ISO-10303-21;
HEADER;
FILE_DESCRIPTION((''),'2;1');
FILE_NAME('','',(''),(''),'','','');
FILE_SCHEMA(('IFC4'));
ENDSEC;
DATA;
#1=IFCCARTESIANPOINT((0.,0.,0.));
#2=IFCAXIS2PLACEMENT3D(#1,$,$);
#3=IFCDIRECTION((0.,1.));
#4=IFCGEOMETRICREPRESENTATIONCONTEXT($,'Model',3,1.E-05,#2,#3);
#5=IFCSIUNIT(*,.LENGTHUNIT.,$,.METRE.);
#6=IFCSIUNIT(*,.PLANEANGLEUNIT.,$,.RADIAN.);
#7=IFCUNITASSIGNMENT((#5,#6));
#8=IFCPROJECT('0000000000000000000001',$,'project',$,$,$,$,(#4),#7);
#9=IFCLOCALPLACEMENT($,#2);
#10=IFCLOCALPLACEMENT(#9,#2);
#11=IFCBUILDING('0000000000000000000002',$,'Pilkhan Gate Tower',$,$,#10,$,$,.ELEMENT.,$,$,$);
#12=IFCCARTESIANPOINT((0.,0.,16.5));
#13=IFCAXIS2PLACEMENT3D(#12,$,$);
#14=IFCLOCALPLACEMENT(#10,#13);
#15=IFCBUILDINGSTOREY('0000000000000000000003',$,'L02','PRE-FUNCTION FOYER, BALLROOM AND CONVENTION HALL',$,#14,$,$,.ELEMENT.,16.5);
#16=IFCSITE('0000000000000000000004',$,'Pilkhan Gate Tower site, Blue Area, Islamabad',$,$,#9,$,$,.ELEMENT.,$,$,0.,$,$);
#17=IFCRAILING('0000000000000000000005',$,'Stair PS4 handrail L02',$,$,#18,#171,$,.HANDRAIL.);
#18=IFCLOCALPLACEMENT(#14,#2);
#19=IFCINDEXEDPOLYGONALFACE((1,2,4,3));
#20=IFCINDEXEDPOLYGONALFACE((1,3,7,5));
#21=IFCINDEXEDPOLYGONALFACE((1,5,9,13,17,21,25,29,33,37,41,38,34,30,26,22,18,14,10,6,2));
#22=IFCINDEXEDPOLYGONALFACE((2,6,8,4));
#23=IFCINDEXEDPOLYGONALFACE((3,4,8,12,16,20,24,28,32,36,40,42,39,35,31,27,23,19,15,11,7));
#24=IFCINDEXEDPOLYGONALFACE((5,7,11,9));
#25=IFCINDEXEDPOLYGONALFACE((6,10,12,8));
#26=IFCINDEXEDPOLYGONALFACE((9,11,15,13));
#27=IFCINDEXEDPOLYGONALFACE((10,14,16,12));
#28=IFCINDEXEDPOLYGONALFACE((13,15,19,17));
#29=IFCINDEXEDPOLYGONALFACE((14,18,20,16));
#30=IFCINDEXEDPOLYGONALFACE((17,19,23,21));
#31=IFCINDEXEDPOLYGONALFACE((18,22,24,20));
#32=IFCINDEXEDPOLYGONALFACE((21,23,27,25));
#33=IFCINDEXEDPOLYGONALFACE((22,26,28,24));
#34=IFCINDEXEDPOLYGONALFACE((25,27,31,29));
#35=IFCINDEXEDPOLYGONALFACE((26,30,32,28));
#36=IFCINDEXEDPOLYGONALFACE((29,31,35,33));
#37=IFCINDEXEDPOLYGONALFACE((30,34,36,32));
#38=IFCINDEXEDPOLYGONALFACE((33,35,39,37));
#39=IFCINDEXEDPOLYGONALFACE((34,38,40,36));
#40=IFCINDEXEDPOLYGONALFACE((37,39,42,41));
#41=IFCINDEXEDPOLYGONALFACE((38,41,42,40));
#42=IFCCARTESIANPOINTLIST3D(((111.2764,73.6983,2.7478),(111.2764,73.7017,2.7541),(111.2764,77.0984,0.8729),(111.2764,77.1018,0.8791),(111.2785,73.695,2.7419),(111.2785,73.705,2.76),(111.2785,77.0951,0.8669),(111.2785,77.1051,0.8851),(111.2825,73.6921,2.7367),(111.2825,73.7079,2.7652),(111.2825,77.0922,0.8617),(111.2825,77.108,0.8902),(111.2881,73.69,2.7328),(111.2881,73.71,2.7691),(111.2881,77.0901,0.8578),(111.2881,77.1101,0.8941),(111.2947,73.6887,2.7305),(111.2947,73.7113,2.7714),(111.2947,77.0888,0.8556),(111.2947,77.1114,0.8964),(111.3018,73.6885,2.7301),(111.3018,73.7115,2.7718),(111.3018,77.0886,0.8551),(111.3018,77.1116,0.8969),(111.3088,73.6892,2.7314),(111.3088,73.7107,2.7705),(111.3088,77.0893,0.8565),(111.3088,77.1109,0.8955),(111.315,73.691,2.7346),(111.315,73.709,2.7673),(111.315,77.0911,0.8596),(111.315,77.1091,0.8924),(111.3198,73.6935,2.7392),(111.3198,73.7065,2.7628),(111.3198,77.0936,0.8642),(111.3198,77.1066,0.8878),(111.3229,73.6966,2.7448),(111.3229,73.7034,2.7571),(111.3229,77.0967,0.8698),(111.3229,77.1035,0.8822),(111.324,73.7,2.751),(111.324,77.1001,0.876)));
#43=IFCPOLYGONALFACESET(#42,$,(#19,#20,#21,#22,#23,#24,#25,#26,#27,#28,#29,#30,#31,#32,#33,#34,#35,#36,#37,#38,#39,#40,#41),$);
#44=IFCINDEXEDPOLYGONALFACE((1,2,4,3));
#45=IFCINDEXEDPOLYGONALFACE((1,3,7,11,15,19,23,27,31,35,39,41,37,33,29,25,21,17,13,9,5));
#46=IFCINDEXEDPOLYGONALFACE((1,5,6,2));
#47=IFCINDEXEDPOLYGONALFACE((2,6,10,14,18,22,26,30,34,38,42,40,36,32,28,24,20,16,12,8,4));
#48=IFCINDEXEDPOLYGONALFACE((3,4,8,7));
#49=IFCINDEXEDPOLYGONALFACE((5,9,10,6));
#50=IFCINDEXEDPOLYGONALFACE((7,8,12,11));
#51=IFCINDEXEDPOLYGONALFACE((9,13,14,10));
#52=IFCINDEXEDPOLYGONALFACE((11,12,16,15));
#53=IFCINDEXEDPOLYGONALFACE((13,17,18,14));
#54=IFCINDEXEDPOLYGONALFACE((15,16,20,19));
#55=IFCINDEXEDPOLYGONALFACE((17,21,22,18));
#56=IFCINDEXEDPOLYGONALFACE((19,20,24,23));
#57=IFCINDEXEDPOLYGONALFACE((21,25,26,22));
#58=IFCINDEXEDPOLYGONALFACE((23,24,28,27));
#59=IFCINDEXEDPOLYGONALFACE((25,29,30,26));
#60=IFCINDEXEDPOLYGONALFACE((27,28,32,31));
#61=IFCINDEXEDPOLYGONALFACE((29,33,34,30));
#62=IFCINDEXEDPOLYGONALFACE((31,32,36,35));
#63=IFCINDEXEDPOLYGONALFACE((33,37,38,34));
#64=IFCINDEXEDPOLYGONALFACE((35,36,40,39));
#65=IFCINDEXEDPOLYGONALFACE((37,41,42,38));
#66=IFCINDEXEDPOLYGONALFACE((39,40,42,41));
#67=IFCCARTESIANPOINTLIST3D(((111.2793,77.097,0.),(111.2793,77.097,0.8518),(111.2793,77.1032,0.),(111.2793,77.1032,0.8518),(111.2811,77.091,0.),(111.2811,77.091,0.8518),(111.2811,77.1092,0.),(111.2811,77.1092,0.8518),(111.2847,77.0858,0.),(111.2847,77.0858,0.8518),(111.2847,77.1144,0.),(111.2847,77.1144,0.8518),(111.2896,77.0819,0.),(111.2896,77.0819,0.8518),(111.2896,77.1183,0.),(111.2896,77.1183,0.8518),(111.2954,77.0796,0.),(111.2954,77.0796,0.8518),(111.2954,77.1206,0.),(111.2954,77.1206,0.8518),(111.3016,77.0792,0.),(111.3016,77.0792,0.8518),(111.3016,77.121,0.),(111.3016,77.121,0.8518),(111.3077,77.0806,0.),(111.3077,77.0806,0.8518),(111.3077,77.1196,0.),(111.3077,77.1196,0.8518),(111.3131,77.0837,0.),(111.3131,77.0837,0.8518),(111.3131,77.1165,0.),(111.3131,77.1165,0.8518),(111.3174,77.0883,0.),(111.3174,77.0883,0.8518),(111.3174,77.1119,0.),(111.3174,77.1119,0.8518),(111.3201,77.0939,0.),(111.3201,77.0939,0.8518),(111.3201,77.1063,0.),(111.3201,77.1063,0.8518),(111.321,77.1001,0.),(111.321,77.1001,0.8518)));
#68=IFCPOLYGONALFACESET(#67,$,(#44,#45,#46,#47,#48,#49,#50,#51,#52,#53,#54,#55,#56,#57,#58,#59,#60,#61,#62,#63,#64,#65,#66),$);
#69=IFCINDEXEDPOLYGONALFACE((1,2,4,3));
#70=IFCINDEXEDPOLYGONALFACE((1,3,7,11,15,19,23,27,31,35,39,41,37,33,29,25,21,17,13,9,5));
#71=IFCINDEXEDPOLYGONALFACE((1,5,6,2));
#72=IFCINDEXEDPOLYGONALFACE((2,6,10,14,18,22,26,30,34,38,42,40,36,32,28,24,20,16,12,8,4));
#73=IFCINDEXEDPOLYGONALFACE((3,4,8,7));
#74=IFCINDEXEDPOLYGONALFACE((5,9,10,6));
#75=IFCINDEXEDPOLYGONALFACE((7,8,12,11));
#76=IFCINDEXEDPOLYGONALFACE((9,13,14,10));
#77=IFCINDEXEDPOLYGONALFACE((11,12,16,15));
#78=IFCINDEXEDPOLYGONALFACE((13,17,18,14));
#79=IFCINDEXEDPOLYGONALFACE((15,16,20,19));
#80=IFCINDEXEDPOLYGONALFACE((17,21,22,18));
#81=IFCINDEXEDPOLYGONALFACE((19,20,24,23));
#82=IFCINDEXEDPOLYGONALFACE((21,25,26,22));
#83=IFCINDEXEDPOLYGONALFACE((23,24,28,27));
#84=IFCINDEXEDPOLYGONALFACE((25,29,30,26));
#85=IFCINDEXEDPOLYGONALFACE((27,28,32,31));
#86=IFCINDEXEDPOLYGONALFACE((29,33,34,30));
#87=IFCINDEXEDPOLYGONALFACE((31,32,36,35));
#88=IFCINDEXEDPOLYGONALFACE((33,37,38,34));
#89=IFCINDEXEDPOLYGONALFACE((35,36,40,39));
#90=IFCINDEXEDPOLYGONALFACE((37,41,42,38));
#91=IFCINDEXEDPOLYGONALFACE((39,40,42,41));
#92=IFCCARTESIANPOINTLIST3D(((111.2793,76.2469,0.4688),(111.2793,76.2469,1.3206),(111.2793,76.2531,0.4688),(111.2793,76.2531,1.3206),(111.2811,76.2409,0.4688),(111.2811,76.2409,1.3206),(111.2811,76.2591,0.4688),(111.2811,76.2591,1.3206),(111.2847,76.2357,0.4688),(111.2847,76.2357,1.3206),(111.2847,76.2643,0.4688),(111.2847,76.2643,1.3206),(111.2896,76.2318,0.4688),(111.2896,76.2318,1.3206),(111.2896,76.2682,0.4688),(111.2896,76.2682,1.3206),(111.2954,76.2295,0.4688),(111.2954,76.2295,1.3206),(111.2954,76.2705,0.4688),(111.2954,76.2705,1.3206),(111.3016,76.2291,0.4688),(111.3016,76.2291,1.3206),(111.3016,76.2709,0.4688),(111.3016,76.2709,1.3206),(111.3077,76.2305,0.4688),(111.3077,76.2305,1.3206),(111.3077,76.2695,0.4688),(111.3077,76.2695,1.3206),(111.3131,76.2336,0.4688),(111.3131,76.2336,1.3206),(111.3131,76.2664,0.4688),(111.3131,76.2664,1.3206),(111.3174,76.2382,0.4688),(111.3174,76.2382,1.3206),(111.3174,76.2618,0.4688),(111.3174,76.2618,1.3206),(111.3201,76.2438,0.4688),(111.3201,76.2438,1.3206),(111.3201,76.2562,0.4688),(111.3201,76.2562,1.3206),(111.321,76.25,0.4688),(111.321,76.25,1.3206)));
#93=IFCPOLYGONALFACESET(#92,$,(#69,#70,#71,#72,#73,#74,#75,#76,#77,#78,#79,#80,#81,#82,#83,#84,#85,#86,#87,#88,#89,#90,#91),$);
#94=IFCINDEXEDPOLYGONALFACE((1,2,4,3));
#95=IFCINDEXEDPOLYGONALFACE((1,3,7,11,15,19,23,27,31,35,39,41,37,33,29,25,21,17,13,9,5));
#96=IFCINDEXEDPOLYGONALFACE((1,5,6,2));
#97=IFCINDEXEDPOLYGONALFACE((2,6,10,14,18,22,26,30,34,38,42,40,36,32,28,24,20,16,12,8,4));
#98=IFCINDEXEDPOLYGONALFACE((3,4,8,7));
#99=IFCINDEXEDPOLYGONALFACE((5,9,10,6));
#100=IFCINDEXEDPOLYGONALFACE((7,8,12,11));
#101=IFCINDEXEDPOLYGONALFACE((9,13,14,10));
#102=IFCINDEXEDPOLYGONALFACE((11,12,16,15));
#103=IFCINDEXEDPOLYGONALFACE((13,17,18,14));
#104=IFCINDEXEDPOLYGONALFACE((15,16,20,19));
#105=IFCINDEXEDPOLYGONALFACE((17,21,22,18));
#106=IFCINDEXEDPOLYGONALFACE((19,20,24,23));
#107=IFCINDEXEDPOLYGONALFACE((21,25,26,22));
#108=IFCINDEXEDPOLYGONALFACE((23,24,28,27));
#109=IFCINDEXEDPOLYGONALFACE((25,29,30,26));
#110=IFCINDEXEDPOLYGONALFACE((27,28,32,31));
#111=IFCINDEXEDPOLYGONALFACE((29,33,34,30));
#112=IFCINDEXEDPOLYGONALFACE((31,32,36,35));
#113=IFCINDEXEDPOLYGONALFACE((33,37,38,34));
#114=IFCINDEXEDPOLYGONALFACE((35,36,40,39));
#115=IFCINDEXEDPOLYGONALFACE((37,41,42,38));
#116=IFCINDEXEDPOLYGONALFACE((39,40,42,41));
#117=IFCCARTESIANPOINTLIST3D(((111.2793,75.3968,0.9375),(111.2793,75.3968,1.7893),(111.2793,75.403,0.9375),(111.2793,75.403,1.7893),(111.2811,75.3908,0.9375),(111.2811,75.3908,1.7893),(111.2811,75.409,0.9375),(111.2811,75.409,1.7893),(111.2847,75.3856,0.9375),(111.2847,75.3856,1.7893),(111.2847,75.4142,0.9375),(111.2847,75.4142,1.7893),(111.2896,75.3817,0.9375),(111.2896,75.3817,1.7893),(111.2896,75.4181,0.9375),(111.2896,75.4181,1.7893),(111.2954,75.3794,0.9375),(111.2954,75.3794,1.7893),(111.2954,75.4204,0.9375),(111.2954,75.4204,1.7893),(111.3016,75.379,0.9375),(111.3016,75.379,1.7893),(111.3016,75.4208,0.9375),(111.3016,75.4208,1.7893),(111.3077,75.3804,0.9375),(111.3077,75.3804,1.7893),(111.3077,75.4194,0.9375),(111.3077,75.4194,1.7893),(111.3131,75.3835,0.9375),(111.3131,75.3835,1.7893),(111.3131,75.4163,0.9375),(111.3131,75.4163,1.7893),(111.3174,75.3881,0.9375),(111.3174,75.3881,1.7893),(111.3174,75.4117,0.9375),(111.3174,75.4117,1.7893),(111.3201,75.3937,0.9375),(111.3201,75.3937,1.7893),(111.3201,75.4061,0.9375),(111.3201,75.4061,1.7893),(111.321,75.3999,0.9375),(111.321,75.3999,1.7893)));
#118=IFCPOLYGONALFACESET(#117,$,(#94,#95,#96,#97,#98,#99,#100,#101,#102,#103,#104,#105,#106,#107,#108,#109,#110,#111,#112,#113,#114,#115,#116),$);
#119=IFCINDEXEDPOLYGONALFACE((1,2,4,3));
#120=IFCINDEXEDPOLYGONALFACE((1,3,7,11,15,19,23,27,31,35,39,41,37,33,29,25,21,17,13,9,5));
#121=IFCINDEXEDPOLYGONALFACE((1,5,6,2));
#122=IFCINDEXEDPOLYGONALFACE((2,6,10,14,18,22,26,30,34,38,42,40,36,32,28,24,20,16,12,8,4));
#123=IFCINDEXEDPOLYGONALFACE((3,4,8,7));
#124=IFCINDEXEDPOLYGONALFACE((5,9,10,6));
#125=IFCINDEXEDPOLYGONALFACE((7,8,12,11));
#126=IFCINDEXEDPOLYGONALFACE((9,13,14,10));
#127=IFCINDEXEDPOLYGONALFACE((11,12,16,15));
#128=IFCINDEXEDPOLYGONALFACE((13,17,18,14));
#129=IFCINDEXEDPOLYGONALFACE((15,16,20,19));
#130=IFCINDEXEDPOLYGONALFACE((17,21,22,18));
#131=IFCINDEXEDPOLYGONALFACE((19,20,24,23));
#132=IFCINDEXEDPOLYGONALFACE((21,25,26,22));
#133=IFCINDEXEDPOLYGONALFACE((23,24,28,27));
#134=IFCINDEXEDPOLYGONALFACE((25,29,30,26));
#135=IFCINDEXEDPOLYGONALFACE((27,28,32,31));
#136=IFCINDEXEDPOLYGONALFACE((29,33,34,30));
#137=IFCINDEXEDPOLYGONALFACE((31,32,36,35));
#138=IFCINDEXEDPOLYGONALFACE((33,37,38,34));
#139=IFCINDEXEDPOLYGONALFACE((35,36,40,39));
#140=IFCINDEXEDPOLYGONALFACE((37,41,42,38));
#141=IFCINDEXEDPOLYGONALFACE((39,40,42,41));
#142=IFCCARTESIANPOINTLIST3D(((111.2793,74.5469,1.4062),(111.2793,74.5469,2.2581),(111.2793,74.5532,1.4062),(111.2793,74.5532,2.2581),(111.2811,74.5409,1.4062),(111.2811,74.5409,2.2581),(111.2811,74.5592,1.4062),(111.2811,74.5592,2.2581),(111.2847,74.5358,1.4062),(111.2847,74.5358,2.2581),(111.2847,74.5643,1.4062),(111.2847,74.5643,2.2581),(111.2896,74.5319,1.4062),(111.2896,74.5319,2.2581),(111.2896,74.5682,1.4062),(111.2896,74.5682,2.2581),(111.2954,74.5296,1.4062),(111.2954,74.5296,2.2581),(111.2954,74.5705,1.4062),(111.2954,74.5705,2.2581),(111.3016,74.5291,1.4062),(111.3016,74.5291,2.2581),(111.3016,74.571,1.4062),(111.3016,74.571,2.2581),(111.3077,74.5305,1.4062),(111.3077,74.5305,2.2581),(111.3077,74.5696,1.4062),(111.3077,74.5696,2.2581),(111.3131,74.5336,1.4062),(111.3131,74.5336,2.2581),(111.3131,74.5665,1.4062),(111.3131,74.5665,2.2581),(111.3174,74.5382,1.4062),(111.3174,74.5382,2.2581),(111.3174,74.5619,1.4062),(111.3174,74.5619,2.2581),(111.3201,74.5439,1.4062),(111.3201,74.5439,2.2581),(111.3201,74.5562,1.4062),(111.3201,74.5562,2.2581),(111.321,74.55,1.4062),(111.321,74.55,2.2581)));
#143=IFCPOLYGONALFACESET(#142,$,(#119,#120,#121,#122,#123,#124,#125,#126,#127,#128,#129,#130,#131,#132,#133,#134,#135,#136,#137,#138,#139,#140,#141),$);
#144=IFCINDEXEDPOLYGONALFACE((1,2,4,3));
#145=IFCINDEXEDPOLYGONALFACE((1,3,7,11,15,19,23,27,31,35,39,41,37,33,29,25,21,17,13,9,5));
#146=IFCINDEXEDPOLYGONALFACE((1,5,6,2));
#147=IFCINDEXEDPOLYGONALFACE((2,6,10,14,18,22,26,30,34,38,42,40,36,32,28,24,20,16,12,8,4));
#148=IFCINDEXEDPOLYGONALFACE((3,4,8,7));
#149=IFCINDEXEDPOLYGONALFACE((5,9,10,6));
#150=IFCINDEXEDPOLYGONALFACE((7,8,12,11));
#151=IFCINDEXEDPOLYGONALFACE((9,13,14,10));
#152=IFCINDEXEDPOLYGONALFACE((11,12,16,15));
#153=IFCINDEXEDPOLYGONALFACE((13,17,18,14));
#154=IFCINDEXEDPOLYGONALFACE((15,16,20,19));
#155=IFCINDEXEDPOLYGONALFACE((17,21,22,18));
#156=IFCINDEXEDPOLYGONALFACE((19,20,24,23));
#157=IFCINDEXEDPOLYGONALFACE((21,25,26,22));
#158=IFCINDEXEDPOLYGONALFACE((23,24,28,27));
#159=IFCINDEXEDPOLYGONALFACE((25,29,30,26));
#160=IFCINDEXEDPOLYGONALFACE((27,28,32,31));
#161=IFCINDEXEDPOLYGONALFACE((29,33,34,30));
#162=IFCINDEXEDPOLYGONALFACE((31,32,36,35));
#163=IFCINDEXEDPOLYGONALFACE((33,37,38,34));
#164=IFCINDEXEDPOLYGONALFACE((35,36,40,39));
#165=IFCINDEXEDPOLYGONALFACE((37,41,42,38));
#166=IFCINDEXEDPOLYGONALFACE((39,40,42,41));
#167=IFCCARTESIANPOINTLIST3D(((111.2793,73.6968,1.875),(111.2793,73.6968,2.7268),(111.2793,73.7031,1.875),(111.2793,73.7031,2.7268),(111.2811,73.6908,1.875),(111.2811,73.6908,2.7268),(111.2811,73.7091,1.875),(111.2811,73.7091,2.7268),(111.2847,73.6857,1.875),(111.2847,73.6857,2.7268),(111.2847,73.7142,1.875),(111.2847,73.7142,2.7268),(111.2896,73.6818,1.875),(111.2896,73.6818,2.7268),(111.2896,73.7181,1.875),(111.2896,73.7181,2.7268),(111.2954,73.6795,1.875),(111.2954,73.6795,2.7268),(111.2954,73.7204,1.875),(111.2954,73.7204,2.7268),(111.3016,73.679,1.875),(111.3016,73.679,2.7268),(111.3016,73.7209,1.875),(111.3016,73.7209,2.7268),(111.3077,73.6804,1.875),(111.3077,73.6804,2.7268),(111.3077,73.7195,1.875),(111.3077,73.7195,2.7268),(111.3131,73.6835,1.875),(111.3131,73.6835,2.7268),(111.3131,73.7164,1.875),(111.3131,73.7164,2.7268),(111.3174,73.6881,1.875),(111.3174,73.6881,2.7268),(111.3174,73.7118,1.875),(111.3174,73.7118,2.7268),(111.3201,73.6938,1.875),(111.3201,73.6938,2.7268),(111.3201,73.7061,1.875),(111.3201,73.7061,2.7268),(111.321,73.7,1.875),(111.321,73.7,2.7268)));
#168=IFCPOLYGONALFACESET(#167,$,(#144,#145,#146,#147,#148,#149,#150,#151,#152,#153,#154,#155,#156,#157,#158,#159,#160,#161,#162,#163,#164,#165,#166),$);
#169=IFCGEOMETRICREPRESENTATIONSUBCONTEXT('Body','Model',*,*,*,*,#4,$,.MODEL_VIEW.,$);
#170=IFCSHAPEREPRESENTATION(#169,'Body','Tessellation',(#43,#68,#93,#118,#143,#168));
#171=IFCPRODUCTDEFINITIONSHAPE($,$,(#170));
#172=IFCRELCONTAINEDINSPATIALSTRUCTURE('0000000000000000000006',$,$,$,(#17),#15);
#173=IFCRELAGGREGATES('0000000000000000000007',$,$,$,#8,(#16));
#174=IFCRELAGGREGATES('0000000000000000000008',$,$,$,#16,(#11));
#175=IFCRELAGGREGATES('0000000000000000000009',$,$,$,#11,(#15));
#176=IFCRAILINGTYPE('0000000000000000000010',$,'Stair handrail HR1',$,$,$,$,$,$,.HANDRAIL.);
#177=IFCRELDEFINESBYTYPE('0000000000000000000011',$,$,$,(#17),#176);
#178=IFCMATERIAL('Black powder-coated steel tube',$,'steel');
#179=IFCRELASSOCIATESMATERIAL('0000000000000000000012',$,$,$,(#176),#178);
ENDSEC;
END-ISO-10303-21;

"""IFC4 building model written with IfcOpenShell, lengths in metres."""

from ifc_helpers import new_model, si_unit, direction, frame, origin, origin_2d, place, context, subcontext, project, spatial, circle, extrude, material, type_object, element, save


model = new_model("IFC4")

# Units and contexts
model_context = context("Model", 3, precision=1e-05, world=origin(), true_north=direction((0.0, 1.0)))
body_context = subcontext(model_context, "Body", "Model", "MODEL_VIEW")
ifc_project = project(units=[si_unit("LENGTHUNIT", "METRE"), si_unit("PLANEANGLEUNIT", "RADIAN")], contexts=[model_context])

# Site, building, storey
site_placement = place(None, origin())
site = spatial("IfcSite", under=ifc_project, at=site_placement, Name="Pilkhan Gate Tower site, Blue Area, Islamabad", CompositionType="ELEMENT", RefElevation=0.0)
building_placement = place(site_placement, origin())
building = spatial("IfcBuilding", under=site, at=building_placement, Name="Pilkhan Gate Tower", CompositionType="ELEMENT")
storey_placement = place(building_placement, frame((0.0, 0.0, 16.5)))
storey = spatial("IfcBuildingStorey", under=building, at=storey_placement, Name="L02", Description="PRE-FUNCTION FOYER, BALLROOM AND CONVENTION HALL", CompositionType="ELEMENT", Elevation=16.5)

# Railing
ifc_material_1 = material(Name="Black powder-coated steel tube", Category="steel")
railing_type_1 = type_object("IfcRailingType", Name="Stair handrail HR1", PredefinedType="HANDRAIL", material=ifc_material_1)
railing_1_placement = place(storey_placement, frame((111.3, 77.1001, 0.0)))
element("IfcRailing", 1, at=railing_1_placement, inside=storey, type_object=railing_type_1, Name="Stair PS4 handrail L02", PredefinedType="HANDRAIL", context=body_context, shape_type="SweptSolid", body=[
    extrude(circle(Radius=0.0239, at=origin_2d()), frame((0.0, 0.0, 0.876), z_axis=(0.0, -0.87568, 0.482891), x_axis=(1.0, 0.0, 0.0)), (0.0, 0.0, 1.0), 3.8828),
    extrude(circle(Radius=0.021, at=origin_2d()), origin(), (0.0, 0.0, 1.0), 0.8518),
    extrude(circle(Radius=0.021, at=origin_2d()), frame((0.0, -0.8501, 0.4688)), (0.0, 0.0, 1.0), 0.8518),
    extrude(circle(Radius=0.021, at=origin_2d()), frame((0.0, -1.7002, 0.9375)), (0.0, 0.0, 1.0), 0.8518),
    extrude(circle(Radius=0.021, at=origin_2d()), frame((0.0, -2.55, 1.4062)), (0.0, 0.0, 1.0), 0.8518),
    extrude(circle(Radius=0.021, at=origin_2d()), frame((0.0, -3.4001, 1.875)), (0.0, 0.0, 1.0), 0.8518),
])

save(model, "model.ifc")
